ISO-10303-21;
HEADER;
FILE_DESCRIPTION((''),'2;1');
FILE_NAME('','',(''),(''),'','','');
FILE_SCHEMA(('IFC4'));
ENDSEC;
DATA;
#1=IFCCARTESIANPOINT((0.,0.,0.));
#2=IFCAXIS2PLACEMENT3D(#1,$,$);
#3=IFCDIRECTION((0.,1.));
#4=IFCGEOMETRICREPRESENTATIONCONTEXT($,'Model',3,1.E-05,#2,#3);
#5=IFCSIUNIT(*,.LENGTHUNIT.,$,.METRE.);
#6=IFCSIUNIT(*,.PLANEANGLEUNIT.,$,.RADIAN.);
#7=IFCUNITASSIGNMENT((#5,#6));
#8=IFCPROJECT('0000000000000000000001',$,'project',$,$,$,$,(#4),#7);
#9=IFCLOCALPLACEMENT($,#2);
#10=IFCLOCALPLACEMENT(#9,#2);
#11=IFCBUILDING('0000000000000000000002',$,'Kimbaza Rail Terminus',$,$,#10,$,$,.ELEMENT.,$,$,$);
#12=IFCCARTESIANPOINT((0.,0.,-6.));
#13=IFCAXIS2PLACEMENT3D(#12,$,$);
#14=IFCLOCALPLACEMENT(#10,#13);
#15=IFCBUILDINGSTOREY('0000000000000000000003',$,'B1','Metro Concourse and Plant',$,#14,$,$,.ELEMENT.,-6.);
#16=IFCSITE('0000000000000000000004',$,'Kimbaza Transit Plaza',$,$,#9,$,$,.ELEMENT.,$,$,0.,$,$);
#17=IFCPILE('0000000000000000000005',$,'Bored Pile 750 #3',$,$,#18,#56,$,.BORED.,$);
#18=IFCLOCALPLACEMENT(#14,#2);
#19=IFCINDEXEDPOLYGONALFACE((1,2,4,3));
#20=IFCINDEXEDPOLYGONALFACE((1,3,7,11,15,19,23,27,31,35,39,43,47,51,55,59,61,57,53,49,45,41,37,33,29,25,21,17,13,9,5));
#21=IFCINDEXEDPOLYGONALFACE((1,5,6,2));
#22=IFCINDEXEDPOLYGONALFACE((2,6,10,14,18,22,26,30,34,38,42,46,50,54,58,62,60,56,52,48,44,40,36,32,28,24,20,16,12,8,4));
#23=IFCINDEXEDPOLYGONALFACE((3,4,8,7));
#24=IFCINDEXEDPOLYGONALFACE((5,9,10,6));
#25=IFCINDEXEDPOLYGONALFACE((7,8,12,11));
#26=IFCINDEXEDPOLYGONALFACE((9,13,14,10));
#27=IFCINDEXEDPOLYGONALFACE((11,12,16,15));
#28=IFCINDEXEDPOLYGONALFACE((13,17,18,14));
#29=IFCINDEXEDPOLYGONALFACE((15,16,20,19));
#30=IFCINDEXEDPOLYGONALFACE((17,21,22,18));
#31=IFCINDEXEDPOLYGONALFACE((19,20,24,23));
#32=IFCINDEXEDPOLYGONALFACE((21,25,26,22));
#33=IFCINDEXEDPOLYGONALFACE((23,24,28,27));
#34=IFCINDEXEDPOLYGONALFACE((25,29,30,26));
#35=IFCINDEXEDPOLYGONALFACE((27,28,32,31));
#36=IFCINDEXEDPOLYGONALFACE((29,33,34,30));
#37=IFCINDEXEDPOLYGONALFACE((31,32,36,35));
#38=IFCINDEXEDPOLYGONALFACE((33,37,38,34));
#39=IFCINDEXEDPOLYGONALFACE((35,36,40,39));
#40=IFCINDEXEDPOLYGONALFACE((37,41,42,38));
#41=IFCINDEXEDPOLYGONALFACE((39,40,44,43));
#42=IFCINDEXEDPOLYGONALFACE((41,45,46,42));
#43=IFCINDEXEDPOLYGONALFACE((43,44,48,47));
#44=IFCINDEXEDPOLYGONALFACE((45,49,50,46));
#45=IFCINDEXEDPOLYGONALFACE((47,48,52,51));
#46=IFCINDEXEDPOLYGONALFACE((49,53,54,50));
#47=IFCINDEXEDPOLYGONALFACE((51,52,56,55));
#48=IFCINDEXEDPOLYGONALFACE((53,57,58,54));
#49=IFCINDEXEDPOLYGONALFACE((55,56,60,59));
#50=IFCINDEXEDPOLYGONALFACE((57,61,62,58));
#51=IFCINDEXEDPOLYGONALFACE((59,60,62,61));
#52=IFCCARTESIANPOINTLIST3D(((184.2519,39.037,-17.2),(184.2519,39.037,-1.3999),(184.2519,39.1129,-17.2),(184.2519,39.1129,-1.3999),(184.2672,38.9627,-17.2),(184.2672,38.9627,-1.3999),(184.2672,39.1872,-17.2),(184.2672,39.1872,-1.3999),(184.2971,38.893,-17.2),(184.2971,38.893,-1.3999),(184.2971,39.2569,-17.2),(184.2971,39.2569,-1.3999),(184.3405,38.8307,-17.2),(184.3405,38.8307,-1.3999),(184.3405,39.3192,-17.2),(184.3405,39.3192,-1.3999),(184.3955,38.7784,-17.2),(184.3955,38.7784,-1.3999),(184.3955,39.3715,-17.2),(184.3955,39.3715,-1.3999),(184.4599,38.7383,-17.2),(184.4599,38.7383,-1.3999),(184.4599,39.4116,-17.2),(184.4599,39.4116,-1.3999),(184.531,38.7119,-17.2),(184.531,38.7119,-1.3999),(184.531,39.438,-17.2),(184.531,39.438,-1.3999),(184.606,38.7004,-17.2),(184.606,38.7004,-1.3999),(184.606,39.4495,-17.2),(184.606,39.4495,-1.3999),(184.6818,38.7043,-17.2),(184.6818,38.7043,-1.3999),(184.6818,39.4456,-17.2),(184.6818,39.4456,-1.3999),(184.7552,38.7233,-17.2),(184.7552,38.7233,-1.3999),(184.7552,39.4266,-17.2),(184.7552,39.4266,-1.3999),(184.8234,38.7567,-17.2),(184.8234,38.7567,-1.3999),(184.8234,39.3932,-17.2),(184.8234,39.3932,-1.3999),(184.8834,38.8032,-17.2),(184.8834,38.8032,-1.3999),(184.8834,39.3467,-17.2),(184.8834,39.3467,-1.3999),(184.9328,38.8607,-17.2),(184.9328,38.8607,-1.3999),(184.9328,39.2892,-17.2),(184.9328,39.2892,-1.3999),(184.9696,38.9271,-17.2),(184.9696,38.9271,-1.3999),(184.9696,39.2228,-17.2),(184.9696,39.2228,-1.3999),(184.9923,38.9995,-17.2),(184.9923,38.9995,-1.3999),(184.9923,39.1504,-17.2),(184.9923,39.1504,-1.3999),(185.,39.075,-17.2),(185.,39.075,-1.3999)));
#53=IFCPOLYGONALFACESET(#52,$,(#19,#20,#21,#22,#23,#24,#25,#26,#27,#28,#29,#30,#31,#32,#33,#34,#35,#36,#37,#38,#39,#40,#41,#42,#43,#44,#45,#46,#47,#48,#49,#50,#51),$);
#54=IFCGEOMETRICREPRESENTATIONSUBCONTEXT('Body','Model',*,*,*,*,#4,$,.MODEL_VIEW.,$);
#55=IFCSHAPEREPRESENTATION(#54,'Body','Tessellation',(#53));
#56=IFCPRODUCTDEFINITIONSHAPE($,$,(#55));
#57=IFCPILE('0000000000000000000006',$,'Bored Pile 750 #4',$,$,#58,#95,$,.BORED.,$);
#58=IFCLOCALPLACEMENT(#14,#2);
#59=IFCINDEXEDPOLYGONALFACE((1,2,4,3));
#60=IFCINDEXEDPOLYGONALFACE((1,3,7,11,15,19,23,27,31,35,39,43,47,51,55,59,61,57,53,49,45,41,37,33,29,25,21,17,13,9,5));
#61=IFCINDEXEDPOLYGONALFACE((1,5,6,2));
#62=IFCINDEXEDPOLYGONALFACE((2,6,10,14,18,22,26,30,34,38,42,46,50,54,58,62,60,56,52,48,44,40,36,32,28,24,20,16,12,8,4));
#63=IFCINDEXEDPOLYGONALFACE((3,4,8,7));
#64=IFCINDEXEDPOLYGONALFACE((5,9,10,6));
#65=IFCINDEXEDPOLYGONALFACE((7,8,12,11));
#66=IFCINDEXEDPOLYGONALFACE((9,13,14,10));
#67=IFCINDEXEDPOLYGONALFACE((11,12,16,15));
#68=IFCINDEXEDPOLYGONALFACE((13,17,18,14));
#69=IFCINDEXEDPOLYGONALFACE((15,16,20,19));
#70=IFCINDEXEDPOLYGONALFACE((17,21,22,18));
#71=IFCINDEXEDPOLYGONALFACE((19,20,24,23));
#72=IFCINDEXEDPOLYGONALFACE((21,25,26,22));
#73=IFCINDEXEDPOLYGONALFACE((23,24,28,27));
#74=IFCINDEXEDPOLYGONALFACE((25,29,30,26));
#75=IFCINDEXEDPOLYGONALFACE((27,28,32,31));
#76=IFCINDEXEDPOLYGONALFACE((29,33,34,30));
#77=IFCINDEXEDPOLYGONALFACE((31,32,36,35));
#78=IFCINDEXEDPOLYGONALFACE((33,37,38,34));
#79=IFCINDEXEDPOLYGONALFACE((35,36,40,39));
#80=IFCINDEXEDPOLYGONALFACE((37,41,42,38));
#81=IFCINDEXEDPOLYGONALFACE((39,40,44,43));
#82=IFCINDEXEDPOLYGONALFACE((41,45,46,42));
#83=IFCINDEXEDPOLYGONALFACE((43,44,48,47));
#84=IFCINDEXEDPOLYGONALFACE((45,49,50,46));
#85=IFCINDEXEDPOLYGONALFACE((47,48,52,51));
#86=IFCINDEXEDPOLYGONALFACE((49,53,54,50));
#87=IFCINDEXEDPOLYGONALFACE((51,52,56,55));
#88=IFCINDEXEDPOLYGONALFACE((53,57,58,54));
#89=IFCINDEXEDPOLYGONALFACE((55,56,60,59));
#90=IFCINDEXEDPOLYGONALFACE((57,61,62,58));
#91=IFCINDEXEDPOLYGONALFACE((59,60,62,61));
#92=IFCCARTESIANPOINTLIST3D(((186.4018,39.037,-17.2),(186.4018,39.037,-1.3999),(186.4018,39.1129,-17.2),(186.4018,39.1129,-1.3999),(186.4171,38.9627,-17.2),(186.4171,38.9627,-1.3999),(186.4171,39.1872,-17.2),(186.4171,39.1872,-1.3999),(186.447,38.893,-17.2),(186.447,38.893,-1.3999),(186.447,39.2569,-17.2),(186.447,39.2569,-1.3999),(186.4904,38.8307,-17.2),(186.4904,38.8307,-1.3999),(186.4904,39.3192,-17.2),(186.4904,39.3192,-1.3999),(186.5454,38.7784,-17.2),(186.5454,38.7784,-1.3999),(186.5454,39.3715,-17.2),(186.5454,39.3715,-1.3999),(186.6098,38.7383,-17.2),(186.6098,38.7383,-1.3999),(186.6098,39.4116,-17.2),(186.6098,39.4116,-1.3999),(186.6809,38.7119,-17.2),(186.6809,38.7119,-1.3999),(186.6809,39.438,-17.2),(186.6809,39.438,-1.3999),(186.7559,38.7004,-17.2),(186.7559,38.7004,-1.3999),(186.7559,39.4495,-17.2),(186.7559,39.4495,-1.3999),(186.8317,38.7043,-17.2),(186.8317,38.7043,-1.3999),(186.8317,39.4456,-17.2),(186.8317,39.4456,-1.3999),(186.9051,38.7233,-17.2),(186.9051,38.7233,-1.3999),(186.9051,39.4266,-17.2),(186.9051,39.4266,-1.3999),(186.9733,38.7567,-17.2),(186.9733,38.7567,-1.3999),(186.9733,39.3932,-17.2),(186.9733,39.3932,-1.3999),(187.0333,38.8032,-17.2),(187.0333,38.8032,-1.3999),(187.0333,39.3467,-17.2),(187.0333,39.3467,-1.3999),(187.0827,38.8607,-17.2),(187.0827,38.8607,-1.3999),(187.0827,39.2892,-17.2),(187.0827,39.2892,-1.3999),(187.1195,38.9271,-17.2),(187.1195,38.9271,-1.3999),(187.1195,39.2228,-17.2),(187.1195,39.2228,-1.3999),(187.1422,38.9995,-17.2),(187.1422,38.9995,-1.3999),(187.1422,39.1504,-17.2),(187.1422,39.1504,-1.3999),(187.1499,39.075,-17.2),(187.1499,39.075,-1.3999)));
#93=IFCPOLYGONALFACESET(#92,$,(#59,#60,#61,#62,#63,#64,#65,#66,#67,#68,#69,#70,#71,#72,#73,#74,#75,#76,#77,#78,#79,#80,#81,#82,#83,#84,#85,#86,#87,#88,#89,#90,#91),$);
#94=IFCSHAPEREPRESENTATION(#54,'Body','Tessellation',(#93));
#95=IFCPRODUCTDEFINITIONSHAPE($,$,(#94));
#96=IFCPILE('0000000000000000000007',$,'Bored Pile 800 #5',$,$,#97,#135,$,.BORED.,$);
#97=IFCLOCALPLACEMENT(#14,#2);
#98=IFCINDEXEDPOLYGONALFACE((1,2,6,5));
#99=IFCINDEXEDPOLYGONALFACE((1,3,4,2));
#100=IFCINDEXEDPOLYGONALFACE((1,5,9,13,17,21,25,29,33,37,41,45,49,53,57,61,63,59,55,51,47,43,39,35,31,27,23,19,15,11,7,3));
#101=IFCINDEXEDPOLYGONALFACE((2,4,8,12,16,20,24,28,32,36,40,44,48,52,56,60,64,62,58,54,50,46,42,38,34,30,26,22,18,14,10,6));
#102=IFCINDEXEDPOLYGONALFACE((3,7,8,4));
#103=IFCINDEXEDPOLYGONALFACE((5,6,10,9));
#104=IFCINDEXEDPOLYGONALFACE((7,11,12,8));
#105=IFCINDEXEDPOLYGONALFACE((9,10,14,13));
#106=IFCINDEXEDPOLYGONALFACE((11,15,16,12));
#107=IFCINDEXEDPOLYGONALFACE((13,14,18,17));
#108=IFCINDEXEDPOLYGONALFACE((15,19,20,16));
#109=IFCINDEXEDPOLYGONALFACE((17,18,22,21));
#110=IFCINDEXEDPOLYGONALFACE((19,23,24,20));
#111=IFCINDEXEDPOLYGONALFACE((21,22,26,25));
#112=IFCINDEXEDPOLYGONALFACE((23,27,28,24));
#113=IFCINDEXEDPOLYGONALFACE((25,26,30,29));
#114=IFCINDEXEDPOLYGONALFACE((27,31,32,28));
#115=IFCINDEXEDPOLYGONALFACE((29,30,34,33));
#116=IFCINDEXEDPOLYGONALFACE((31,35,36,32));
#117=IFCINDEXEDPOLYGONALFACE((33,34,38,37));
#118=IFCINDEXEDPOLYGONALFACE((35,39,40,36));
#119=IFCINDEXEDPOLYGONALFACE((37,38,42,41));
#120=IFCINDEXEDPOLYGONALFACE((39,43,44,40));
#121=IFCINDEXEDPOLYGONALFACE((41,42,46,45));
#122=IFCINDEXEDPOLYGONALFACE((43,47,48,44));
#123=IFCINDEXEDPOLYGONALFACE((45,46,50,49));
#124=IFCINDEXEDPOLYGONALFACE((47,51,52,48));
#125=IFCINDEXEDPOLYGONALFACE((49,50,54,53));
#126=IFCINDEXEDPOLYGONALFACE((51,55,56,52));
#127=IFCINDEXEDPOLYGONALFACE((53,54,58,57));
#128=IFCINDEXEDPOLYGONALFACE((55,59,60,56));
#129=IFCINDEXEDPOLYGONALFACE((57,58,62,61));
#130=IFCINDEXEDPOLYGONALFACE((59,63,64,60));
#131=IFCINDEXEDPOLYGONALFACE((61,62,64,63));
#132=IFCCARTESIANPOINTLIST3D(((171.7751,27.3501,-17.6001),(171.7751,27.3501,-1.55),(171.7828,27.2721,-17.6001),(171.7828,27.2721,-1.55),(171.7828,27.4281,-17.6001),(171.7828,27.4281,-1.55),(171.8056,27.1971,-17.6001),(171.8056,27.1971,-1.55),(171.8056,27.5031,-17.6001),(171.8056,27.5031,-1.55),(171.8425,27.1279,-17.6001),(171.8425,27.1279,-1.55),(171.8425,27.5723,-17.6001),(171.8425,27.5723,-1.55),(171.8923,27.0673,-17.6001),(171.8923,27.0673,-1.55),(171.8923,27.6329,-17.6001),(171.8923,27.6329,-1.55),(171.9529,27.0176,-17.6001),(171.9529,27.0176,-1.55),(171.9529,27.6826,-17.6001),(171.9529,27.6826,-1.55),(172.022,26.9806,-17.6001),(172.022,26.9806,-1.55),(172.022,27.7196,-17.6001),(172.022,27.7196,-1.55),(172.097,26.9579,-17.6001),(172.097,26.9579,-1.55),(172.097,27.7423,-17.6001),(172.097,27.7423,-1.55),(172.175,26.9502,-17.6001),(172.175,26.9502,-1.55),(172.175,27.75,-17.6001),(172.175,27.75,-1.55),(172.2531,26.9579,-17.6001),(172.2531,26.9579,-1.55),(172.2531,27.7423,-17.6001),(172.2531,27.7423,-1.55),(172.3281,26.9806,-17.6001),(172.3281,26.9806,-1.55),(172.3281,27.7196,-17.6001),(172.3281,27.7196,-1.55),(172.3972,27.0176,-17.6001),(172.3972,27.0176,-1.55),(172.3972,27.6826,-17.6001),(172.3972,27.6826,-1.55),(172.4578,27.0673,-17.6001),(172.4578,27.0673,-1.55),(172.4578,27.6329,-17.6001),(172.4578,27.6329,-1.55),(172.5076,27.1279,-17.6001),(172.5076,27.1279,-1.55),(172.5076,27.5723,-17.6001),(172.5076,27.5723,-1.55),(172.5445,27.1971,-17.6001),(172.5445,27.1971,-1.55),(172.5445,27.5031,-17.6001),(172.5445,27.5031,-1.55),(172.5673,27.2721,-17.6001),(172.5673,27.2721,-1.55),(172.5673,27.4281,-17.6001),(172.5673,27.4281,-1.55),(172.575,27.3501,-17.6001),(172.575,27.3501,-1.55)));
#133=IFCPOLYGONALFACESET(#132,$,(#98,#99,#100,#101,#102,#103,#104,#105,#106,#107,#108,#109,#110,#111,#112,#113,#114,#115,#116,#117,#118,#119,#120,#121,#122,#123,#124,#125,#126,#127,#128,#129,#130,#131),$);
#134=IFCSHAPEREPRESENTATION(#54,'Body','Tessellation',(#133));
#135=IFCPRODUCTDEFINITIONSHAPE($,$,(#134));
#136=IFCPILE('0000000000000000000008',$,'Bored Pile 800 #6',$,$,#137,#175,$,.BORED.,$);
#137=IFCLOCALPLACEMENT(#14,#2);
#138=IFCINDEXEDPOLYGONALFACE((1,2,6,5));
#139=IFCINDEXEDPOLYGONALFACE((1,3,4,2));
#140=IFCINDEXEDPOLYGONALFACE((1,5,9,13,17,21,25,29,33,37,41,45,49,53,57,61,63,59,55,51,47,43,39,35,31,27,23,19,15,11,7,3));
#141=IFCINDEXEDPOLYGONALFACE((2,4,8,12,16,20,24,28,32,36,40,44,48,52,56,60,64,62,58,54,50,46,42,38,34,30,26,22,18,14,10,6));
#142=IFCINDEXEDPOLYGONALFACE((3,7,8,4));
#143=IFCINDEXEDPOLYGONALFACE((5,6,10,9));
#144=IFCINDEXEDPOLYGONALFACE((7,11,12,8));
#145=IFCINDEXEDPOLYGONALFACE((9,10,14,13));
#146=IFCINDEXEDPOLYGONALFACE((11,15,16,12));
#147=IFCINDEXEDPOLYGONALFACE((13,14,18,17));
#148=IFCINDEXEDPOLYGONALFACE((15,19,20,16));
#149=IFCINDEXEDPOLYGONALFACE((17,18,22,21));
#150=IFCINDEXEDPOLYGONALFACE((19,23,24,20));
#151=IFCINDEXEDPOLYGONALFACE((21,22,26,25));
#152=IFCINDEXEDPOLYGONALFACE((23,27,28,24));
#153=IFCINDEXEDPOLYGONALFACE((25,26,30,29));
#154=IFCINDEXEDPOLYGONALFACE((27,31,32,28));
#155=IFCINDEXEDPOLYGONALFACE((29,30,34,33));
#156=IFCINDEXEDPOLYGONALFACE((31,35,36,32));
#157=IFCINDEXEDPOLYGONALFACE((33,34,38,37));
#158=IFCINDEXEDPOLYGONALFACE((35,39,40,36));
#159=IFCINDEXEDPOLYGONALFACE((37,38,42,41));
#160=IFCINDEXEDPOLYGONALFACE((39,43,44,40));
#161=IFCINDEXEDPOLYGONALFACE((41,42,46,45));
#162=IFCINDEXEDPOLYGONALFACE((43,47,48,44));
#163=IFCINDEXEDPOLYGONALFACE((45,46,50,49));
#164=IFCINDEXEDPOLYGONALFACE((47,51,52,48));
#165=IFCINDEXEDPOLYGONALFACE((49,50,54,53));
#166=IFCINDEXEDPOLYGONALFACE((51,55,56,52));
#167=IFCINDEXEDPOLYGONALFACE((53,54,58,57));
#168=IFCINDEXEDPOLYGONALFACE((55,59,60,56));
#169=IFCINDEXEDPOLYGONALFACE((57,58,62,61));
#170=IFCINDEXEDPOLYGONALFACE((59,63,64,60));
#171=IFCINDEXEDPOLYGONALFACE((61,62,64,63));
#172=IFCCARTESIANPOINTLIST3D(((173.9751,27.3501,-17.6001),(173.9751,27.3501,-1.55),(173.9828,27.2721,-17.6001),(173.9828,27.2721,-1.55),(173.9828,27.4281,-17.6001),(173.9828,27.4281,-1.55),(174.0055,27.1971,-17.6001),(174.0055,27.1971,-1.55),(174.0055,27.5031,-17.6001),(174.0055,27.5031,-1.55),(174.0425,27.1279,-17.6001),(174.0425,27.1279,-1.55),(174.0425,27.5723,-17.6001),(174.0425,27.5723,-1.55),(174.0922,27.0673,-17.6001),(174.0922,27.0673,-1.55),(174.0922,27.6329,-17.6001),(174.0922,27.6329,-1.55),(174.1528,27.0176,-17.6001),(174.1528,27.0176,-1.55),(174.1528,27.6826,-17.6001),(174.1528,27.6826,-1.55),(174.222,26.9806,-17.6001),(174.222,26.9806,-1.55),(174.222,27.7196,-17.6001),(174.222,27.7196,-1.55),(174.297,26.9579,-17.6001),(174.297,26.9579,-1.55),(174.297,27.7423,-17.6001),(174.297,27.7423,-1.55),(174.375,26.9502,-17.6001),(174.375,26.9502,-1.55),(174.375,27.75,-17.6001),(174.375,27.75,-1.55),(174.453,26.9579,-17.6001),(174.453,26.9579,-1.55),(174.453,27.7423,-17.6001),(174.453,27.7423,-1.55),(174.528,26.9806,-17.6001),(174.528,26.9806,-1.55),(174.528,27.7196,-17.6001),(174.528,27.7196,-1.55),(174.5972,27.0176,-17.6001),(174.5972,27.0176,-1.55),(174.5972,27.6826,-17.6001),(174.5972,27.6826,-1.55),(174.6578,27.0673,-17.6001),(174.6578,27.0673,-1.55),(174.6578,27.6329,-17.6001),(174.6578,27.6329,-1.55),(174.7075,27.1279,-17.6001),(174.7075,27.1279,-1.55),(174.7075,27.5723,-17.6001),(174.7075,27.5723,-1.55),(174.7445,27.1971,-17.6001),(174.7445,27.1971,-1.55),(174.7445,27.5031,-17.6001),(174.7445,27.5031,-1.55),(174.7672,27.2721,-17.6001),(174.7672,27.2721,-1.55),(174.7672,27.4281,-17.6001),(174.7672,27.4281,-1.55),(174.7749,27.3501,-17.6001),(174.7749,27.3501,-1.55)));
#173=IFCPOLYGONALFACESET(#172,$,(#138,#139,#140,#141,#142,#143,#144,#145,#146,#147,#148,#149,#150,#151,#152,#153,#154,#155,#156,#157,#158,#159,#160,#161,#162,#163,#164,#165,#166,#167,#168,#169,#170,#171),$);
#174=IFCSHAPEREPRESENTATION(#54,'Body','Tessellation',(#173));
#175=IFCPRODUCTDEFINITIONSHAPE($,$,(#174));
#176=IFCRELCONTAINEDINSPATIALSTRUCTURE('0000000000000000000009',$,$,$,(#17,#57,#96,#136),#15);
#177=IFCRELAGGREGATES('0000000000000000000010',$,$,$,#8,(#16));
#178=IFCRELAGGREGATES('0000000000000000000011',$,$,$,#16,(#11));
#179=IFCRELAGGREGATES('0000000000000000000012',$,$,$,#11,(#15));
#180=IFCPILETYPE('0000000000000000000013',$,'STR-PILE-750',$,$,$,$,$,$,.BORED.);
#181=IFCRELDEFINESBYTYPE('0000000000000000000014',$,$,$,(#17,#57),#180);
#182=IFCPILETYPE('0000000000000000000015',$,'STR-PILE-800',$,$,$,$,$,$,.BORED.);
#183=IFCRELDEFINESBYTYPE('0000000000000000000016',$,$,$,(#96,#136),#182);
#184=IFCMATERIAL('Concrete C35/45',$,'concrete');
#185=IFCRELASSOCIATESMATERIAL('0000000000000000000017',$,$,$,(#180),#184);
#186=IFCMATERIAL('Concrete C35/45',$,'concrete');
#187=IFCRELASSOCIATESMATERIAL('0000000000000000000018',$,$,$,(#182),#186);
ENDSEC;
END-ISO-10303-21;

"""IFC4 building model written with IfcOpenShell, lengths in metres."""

from ifc_helpers import new_model, si_unit, direction, frame, origin, origin_2d, place, context, subcontext, project, spatial, circle, extrude, material, material_profile, profile_set, type_object, element, save


model = new_model("IFC4")

# Units and contexts
model_context = context("Model", 3, precision=1e-05, world=origin(), true_north=direction((0.0, 1.0)))
body_context = subcontext(model_context, "Body", "Model", "MODEL_VIEW")
ifc_project = project(units=[si_unit("LENGTHUNIT", "METRE"), si_unit("PLANEANGLEUNIT", "RADIAN")], contexts=[model_context])

# Site, building, storey
site_placement = place(None, origin())
site = spatial("IfcSite", under=ifc_project, at=site_placement, Name="Kimbaza Transit Plaza", CompositionType="ELEMENT", RefElevation=0.0)
building_placement = place(site_placement, origin())
building = spatial("IfcBuilding", under=site, at=building_placement, Name="Kimbaza Rail Terminus", CompositionType="ELEMENT")
storey_placement = place(building_placement, frame((0.0, 0.0, -6.0)))
storey = spatial("IfcBuildingStorey", under=building, at=storey_placement, Name="B1", Description="Metro Concourse and Plant", CompositionType="ELEMENT", Elevation=-6.0)

# Piles
ifc_material_1 = material(Name="Concrete C35/45", Category="concrete")
ifc_material_profile_1 = material_profile(ifc_material_1, circle(Radius=0.375, at=origin_2d()), Name="BORED PILE 750")
ifc_profile_set_1 = profile_set([ifc_material_profile_1], Name="Concrete C35/45")
pile_type_1 = type_object("IfcPileType", Name="STR-PILE-750", PredefinedType="BORED", material=ifc_profile_set_1)
for number, where, z_axis, x_axis, name in (
    (1, (184.625, 39.075, -1.3999), (0.0, 0.0, -1.0), (1.0, 0.0, 0.0), "Bored Pile 750 #3"),
    (2, (186.7749, 39.075, -1.3999), (0.0, 0.0, -1.0), (1.0, 0.0, 0.0), "Bored Pile 750 #4"),
):
    element("IfcPile", number, at=place(storey_placement, frame(where, z_axis=z_axis, x_axis=x_axis)), inside=storey, type_object=pile_type_1, Name=name, PredefinedType="BORED", context=body_context, shape_type="SweptSolid", body=[
        extrude(circle(Radius=0.375, at=origin_2d()), origin(), (0.0, 0.0, 1.0), 15.8),
    ])
ifc_material_2 = material(Name="Concrete C35/45", Category="concrete")
ifc_material_profile_2 = material_profile(ifc_material_2, circle(Radius=0.3999, at=origin_2d()), Name="BORED PILE 800")
ifc_profile_set_2 = profile_set([ifc_material_profile_2], Name="Concrete C35/45")
pile_type_2 = type_object("IfcPileType", Name="STR-PILE-800", PredefinedType="BORED", material=ifc_profile_set_2)
for number, where, z_axis, x_axis, name in (
    (3, (172.175, 27.3501, -1.55), (0.0, 0.0, -1.0), (1.0, 0.0, 0.0), "Bored Pile 800 #5"),
    (4, (174.375, 27.3501, -1.55), (0.0, 0.0, -1.0), (1.0, 0.0, 0.0), "Bored Pile 800 #6"),
):
    element("IfcPile", number, at=place(storey_placement, frame(where, z_axis=z_axis, x_axis=x_axis)), inside=storey, type_object=pile_type_2, Name=name, PredefinedType="BORED", context=body_context, shape_type="SweptSolid", body=[
        extrude(circle(Radius=0.3999, at=origin_2d()), origin(), (0.0, 0.0, 1.0), 16.05),
    ])

save(model, "model.ifc")
